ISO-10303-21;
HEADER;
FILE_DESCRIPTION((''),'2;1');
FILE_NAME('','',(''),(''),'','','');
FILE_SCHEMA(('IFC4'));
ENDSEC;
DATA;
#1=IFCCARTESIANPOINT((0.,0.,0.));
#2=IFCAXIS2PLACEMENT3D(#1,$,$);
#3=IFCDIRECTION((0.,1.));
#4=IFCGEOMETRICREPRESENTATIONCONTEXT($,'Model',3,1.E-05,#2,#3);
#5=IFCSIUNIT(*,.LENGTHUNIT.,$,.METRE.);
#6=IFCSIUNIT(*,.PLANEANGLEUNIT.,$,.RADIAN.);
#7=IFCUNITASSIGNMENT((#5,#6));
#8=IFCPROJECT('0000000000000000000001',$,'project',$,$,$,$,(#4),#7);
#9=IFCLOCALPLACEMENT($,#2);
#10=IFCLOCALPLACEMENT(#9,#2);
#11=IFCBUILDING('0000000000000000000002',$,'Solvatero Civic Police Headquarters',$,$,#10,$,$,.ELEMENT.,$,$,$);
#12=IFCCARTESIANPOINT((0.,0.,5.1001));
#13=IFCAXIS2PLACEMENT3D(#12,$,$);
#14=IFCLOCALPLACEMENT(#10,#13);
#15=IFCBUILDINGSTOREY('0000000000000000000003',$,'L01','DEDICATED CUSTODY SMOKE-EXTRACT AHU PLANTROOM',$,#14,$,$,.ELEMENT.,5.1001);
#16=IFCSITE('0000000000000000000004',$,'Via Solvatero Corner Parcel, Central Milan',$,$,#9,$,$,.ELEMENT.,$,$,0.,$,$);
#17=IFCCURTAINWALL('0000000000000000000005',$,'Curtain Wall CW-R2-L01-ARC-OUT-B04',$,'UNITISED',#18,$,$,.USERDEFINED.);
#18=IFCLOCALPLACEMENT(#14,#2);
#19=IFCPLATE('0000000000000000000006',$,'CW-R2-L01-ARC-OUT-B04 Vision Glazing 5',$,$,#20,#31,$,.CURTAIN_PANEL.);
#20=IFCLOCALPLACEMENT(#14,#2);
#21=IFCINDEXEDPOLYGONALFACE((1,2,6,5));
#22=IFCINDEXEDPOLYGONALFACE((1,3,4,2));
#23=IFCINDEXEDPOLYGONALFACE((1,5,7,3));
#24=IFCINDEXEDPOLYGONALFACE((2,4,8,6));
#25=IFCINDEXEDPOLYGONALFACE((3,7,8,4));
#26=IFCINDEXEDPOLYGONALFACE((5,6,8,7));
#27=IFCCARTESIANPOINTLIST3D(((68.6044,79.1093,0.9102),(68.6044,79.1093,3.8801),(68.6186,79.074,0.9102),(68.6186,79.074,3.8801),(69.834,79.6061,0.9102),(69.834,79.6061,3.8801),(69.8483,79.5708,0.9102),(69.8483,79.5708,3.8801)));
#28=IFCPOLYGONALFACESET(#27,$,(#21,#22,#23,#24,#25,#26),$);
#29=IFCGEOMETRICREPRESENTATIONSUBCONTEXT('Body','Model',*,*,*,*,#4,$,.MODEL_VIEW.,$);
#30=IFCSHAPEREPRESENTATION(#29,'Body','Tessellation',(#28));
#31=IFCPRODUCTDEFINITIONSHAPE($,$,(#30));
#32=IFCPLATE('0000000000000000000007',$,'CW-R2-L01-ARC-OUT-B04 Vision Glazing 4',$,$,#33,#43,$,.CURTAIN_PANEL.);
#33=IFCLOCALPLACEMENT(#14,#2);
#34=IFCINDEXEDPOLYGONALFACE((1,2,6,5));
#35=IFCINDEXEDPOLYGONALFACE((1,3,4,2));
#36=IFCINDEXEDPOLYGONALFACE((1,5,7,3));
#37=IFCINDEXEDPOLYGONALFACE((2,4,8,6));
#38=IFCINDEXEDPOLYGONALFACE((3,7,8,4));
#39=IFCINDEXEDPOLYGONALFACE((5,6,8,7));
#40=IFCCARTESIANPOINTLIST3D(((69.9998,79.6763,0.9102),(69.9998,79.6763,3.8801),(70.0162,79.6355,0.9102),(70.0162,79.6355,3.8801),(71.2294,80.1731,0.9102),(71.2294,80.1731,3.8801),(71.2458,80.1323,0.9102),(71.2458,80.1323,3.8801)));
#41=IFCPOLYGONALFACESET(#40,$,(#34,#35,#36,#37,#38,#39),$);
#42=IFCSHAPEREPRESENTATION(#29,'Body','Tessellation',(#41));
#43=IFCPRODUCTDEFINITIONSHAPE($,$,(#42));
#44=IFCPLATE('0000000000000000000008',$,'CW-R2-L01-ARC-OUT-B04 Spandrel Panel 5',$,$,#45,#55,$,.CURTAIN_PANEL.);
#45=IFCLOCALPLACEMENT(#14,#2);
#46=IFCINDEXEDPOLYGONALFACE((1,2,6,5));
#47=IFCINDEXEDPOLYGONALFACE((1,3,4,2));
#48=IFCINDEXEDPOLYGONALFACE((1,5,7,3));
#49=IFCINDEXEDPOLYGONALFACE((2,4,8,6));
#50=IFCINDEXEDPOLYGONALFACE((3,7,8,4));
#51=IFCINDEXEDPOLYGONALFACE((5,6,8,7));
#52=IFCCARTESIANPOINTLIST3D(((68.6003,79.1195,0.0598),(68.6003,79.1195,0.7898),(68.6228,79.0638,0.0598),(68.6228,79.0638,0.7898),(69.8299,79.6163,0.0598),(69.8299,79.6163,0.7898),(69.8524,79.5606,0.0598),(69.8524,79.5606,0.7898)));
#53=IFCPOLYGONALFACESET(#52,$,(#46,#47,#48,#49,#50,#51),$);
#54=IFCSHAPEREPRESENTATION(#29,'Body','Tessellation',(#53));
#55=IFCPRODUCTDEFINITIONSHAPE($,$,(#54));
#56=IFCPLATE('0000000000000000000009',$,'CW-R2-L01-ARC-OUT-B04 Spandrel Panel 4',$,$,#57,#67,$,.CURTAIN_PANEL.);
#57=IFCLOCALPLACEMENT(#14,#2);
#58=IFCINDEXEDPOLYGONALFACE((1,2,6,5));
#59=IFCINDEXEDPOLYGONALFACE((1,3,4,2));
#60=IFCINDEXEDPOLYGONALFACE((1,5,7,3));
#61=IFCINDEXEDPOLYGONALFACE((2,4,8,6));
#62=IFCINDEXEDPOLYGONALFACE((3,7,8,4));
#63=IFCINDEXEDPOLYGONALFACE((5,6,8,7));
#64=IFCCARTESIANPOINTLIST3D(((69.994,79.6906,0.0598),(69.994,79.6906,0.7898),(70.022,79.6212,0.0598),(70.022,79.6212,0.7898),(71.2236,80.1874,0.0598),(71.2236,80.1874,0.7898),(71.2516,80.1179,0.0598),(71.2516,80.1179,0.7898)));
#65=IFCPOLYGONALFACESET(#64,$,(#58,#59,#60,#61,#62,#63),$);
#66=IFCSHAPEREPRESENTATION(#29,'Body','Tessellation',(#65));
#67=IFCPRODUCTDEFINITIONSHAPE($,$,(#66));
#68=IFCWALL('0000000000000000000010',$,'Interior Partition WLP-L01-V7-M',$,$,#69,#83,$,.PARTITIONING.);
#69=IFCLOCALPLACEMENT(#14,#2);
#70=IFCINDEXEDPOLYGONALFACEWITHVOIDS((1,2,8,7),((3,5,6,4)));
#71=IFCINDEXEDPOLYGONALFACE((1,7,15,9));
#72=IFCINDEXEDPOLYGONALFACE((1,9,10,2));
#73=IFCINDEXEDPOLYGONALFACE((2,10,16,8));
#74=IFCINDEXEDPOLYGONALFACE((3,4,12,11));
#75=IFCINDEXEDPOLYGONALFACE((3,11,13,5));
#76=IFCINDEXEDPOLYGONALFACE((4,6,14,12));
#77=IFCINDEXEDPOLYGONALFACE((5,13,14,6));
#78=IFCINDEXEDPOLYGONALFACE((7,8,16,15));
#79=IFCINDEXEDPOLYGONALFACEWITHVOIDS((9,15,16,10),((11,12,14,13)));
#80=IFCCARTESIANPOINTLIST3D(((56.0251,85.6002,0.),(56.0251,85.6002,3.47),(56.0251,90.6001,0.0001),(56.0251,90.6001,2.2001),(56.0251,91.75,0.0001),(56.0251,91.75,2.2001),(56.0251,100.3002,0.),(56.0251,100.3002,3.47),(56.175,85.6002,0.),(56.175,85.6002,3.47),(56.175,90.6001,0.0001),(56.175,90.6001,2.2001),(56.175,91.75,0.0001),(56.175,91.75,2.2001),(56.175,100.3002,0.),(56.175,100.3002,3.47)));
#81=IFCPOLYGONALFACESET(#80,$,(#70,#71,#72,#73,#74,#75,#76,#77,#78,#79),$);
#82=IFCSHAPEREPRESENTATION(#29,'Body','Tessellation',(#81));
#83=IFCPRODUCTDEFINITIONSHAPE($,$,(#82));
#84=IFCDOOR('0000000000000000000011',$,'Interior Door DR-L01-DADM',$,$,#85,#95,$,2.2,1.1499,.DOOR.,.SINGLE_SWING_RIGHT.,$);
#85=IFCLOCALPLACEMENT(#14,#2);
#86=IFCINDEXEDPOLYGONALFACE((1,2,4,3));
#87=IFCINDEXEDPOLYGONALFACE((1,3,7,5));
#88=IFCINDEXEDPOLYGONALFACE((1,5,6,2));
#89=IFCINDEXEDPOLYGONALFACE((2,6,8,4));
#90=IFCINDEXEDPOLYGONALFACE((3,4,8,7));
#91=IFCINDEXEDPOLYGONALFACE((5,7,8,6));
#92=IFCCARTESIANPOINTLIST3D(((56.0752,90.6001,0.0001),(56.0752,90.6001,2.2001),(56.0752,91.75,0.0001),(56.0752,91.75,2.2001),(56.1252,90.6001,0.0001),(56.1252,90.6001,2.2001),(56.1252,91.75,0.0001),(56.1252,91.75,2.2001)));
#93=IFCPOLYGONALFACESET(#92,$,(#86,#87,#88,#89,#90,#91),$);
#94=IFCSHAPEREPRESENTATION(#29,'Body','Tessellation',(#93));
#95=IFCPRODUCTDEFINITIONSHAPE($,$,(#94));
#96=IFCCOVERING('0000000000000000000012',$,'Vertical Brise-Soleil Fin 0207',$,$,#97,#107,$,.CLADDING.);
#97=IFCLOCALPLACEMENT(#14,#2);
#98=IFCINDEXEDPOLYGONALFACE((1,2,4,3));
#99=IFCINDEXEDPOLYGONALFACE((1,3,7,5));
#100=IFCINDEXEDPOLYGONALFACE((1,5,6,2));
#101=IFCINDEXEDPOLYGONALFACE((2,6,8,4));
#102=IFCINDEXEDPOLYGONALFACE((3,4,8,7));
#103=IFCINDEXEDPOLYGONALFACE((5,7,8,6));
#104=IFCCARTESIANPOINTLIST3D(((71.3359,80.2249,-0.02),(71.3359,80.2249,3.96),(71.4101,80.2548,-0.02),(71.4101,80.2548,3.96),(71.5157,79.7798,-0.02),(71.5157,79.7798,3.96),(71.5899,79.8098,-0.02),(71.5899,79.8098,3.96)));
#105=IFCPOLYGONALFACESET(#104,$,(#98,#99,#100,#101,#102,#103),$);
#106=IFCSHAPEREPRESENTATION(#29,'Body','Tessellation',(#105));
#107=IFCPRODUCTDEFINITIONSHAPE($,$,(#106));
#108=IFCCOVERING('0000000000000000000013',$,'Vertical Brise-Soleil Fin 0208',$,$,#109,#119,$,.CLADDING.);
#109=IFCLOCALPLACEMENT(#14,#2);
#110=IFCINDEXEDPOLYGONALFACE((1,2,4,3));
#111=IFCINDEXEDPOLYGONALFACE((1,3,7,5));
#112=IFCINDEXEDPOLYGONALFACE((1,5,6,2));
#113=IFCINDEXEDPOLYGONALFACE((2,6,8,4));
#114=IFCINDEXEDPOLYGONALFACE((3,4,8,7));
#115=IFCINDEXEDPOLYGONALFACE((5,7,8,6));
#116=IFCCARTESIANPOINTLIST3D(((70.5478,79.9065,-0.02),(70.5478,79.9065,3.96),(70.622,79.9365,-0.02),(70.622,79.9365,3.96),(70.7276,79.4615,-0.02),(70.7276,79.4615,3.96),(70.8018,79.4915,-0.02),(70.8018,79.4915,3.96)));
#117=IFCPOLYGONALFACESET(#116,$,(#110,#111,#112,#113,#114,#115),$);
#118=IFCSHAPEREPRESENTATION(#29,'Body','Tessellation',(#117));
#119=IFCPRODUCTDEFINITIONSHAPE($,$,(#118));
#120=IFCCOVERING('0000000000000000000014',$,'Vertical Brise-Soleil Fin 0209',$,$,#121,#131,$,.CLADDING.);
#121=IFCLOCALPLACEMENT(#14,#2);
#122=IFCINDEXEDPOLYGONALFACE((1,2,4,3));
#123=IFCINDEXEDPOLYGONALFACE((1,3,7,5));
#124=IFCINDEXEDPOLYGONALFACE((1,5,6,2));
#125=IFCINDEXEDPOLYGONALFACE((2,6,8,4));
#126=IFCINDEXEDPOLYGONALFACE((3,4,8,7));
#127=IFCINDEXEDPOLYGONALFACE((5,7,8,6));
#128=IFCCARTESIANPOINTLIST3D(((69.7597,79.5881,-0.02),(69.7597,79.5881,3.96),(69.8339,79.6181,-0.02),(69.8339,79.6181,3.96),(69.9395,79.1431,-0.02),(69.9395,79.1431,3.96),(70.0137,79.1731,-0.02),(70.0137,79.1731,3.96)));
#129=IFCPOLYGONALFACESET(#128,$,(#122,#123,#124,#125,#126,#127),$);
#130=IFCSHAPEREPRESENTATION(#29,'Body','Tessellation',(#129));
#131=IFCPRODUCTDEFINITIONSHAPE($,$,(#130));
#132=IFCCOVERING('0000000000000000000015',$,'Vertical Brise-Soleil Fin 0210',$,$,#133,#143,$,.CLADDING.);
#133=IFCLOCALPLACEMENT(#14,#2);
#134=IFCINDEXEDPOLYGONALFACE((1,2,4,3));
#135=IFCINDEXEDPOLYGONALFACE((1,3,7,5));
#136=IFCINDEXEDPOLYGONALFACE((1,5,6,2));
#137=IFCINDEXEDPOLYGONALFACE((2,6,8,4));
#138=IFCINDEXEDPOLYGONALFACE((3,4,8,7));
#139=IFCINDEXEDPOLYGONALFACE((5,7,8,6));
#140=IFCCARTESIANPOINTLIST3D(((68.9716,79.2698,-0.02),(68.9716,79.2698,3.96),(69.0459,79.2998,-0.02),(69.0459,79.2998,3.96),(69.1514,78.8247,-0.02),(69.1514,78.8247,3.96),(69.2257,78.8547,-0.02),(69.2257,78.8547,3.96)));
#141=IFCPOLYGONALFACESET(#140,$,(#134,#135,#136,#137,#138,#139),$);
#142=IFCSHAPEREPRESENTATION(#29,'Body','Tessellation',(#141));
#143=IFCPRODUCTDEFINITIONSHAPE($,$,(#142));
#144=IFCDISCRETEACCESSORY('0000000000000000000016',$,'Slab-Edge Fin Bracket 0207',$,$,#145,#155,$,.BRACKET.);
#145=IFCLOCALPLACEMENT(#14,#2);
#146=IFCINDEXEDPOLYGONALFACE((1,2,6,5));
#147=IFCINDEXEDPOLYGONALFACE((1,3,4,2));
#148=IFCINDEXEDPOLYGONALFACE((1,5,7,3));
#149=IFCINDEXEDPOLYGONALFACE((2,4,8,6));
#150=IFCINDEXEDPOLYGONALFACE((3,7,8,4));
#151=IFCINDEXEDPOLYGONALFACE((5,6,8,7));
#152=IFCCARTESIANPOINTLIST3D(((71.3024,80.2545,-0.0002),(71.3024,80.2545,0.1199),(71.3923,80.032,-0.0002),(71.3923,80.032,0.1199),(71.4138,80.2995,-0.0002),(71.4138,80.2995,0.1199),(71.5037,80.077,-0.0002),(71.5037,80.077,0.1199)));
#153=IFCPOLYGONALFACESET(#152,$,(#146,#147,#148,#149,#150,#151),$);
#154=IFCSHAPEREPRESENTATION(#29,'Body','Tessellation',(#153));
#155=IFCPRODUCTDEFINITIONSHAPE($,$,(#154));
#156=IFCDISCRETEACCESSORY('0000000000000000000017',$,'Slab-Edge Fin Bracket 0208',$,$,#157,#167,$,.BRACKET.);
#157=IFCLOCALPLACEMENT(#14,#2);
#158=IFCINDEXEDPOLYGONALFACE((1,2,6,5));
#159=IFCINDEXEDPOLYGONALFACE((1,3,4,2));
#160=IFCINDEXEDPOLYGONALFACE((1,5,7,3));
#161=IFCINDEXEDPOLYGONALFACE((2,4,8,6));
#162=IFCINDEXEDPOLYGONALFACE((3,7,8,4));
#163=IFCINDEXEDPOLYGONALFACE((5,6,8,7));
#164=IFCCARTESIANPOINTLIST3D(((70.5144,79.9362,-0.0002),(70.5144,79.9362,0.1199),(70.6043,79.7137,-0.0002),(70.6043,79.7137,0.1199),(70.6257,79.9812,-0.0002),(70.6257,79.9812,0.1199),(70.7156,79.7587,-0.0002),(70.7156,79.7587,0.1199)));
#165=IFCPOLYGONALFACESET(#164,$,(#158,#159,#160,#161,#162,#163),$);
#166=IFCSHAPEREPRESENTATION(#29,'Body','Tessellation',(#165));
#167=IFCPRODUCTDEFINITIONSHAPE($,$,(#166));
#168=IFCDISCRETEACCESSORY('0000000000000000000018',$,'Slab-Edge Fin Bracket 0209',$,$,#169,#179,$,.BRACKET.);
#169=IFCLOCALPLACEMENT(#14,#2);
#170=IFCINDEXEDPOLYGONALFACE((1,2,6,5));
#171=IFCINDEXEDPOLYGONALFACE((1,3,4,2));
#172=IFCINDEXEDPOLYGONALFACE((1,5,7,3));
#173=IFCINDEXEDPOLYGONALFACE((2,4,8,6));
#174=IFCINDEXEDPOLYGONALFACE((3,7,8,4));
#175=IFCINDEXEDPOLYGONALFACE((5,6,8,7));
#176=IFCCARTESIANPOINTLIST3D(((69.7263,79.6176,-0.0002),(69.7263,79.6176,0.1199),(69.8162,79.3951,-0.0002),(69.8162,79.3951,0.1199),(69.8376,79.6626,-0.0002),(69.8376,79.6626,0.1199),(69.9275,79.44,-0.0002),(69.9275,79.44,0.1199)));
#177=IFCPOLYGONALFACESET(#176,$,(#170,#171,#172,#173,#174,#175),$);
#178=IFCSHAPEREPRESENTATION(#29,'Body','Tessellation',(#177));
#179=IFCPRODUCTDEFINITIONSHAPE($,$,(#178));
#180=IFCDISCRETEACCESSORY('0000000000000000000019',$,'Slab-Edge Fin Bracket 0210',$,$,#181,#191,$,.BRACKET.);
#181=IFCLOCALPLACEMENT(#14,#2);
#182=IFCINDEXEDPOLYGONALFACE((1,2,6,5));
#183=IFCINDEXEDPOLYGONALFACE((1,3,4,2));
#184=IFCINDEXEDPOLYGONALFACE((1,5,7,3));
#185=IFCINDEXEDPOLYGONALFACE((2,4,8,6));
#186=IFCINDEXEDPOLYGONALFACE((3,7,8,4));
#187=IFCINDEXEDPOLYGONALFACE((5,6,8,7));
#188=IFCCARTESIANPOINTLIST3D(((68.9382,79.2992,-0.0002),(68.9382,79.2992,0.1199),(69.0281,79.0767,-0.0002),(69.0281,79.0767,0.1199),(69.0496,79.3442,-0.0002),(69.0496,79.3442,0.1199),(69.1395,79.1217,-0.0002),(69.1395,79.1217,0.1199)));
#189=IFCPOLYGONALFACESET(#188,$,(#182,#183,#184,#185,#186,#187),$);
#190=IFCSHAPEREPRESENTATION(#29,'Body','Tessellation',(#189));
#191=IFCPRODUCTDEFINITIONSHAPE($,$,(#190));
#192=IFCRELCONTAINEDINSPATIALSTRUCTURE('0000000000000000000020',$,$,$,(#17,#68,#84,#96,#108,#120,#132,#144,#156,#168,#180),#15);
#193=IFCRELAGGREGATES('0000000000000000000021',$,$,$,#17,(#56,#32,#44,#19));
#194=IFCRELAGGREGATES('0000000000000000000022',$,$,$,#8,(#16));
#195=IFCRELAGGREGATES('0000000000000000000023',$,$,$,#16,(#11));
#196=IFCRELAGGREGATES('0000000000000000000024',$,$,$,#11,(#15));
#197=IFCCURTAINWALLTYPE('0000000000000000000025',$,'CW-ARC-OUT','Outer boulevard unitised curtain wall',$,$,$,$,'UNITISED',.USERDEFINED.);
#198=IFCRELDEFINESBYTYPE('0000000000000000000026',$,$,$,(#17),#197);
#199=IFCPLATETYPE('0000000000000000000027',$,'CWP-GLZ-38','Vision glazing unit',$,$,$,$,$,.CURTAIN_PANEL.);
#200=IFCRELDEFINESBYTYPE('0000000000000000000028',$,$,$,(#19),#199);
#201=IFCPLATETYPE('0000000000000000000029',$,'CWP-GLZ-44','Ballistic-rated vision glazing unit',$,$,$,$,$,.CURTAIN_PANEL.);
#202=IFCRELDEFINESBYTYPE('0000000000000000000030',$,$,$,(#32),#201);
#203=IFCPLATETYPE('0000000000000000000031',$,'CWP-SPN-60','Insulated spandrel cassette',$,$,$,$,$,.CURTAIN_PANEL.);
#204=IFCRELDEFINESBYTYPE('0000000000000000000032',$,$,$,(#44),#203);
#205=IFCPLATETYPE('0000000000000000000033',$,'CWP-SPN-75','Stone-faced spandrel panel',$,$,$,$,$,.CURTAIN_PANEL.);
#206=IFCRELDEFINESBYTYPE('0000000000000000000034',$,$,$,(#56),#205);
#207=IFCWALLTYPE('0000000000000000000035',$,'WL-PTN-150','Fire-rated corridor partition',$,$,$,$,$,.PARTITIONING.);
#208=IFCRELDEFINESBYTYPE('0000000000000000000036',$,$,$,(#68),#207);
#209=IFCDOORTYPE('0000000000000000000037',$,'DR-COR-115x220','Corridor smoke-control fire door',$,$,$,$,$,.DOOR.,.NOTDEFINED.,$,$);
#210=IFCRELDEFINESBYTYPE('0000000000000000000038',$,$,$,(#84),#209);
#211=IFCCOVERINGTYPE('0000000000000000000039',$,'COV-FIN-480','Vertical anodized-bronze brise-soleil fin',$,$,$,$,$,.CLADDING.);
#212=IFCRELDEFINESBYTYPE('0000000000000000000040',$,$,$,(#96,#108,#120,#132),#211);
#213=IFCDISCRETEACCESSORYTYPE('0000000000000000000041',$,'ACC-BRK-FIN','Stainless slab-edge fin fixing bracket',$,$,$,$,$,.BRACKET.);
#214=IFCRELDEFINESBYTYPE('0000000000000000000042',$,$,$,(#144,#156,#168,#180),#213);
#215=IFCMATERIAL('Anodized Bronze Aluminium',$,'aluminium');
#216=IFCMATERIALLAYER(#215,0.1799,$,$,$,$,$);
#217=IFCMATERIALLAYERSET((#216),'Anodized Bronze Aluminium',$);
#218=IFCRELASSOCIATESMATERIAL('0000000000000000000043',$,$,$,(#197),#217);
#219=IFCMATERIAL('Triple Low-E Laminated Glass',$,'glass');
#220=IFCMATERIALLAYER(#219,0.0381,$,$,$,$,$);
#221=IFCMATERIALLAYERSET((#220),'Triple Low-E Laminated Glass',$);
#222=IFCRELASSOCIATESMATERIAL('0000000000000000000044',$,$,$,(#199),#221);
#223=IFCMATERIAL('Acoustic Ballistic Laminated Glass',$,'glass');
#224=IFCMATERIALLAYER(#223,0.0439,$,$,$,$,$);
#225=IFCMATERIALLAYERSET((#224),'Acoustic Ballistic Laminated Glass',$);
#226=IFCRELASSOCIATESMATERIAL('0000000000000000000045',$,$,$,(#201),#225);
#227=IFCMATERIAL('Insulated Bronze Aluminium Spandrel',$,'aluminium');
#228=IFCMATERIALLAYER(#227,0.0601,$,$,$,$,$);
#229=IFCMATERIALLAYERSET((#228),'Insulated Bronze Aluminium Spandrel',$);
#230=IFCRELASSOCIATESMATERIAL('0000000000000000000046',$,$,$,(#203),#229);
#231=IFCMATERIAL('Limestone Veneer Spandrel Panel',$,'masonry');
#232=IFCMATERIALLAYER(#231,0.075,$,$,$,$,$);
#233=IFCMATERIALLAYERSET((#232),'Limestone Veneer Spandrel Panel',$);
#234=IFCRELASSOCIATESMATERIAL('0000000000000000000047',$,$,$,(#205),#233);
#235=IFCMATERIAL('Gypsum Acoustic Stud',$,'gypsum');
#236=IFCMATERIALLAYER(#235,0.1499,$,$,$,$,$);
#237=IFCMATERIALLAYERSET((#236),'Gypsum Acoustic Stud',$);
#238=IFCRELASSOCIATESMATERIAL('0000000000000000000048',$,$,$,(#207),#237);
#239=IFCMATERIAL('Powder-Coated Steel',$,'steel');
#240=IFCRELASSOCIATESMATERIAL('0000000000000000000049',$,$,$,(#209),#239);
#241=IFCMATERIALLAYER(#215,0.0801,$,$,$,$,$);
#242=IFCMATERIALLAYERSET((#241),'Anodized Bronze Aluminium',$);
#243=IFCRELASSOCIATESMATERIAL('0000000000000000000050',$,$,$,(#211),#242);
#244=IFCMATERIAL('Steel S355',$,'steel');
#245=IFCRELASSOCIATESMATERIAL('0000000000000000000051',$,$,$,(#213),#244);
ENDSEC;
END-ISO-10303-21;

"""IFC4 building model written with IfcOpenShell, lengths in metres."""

from ifc_helpers import new_model, si_unit, direction, frame, frame_2d, origin, origin_2d, place, context, subcontext, project, spatial, rectangle, extrude, material, layer, layer_set, type_object, element, fill, aggregate, save


model = new_model("IFC4")

# Units and contexts
model_context = context("Model", 3, precision=1e-05, world=origin(), true_north=direction((0.0, 1.0)))
body_context = subcontext(model_context, "Body", "Model", "MODEL_VIEW")
ifc_project = project(units=[si_unit("LENGTHUNIT", "METRE"), si_unit("PLANEANGLEUNIT", "RADIAN")], contexts=[model_context])

# Site, building, storey
site_placement = place(None, origin())
site = spatial("IfcSite", under=ifc_project, at=site_placement, Name="Via Solvatero Corner Parcel, Central Milan", CompositionType="ELEMENT", RefElevation=0.0)
building_placement = place(site_placement, origin())
building = spatial("IfcBuilding", under=site, at=building_placement, Name="Solvatero Civic Police Headquarters", CompositionType="ELEMENT")
storey_placement = place(building_placement, frame((0.0, 0.0, 5.1001)))
storey = spatial("IfcBuildingStorey", under=building, at=storey_placement, Name="L01", Description="DEDICATED CUSTODY SMOKE-EXTRACT AHU PLANTROOM", CompositionType="ELEMENT", Elevation=5.1001)

# Shared definitions
ifc_material_1 = material(Name="Steel S355", Category="steel")

# Shared definitions
ifc_material_2 = material(Name="Anodized Bronze Aluminium", Category="aluminium")
ifc_layer_1 = layer(ifc_material_2, 0.1799)
ifc_layer_set_1 = layer_set([ifc_layer_1], Name="Anodized Bronze Aluminium")
curtain_wall_type = type_object("IfcCurtainWallType", Name="CW-ARC-OUT", Description="Outer boulevard unitised curtain wall", ElementType="UNITISED", PredefinedType="USERDEFINED", material=ifc_layer_set_1)

# Curtain wall
curtain_wall_1_placement = place(storey_placement, origin())
curtain_wall_1 = element("IfcCurtainWall", 1, at=curtain_wall_1_placement, inside=storey, type_object=curtain_wall_type, Name="Curtain Wall CW-R2-L01-ARC-OUT-B04", ObjectType="UNITISED", PredefinedType="USERDEFINED")

# Plates
ifc_material_3 = material(Name="Triple Low-E Laminated Glass", Category="glass")
ifc_layer_2 = layer(ifc_material_3, 0.0381)
ifc_layer_set_2 = layer_set([ifc_layer_2], Name="Triple Low-E Laminated Glass")
plate_type_1 = type_object("IfcPlateType", Name="CWP-GLZ-38", Description="Vision glazing unit", PredefinedType="CURTAIN_PANEL", material=ifc_layer_set_2)
plate_1_placement = place(storey_placement, frame((69.2263, 79.3401, 0.9102), z_axis=(0.0, 0.0, 1.0), x_axis=(-0.927184, -0.374607, 0.0)))
plate_1 = element("IfcPlate", 2, at=plate_1_placement, type_object=plate_type_1, Name="CW-R2-L01-ARC-OUT-B04 Vision Glazing 5", PredefinedType="CURTAIN_PANEL", context=body_context, shape_type="SweptSolid", body=[
    extrude(rectangle(XDim=1.3262, YDim=0.0381, at=origin_2d()), origin(), (0.0, 0.0, 1.0), 2.97),
])
ifc_material_4 = material(Name="Acoustic Ballistic Laminated Glass", Category="glass")
ifc_layer_3 = layer(ifc_material_4, 0.0439)
ifc_layer_set_3 = layer_set([ifc_layer_3], Name="Acoustic Ballistic Laminated Glass")
plate_type_2 = type_object("IfcPlateType", Name="CWP-GLZ-44", Description="Ballistic-rated vision glazing unit", PredefinedType="CURTAIN_PANEL", material=ifc_layer_set_3)
plate_2_placement = place(storey_placement, frame((70.6228, 79.9043, 0.9102), z_axis=(0.0, 0.0, 1.0), x_axis=(-0.927184, -0.374607, 0.0)))
plate_2 = element("IfcPlate", 3, at=plate_2_placement, type_object=plate_type_2, Name="CW-R2-L01-ARC-OUT-B04 Vision Glazing 4", PredefinedType="CURTAIN_PANEL", context=body_context, shape_type="SweptSolid", body=[
    extrude(rectangle(XDim=1.3262, YDim=0.0439, at=origin_2d()), origin(), (0.0, 0.0, 1.0), 2.97),
])
ifc_material_5 = material(Name="Insulated Bronze Aluminium Spandrel", Category="aluminium")
ifc_layer_4 = layer(ifc_material_5, 0.0601)
ifc_layer_set_4 = layer_set([ifc_layer_4], Name="Insulated Bronze Aluminium Spandrel")
plate_type_3 = type_object("IfcPlateType", Name="CWP-SPN-60", Description="Insulated spandrel cassette", PredefinedType="CURTAIN_PANEL", material=ifc_layer_set_4)
plate_3_placement = place(storey_placement, frame((69.2263, 79.3401, 0.0598), z_axis=(0.0, 0.0, 1.0), x_axis=(-0.927184, -0.374607, 0.0)))
plate_3 = element("IfcPlate", 4, at=plate_3_placement, type_object=plate_type_3, Name="CW-R2-L01-ARC-OUT-B04 Spandrel Panel 5", PredefinedType="CURTAIN_PANEL", context=body_context, shape_type="SweptSolid", body=[
    extrude(rectangle(XDim=1.3262, YDim=0.0601, at=origin_2d()), origin(), (0.0, 0.0, 1.0), 0.73),
])
ifc_material_6 = material(Name="Limestone Veneer Spandrel Panel", Category="masonry")
ifc_layer_5 = layer(ifc_material_6, 0.075)
ifc_layer_set_5 = layer_set([ifc_layer_5], Name="Limestone Veneer Spandrel Panel")
plate_type_4 = type_object("IfcPlateType", Name="CWP-SPN-75", Description="Stone-faced spandrel panel", PredefinedType="CURTAIN_PANEL", material=ifc_layer_set_5)
plate_4_placement = place(storey_placement, frame((70.6228, 79.9043, 0.0598), z_axis=(0.0, 0.0, 1.0), x_axis=(-0.927184, -0.374607, 0.0)))
plate_4 = element("IfcPlate", 5, at=plate_4_placement, type_object=plate_type_4, Name="CW-R2-L01-ARC-OUT-B04 Spandrel Panel 4", PredefinedType="CURTAIN_PANEL", context=body_context, shape_type="SweptSolid", body=[
    extrude(rectangle(XDim=1.3262, YDim=0.075, at=origin_2d()), origin(), (0.0, 0.0, 1.0), 0.73),
])
aggregate(curtain_wall_1, [plate_4, plate_2, plate_3, plate_1])

# Wall, opening, door
ifc_material_7 = material(Name="Gypsum Acoustic Stud", Category="gypsum")
ifc_layer_6 = layer(ifc_material_7, 0.1499)
ifc_layer_set_6 = layer_set([ifc_layer_6], Name="Gypsum Acoustic Stud")
wall_type = type_object("IfcWallType", Name="WL-PTN-150", Description="Fire-rated corridor partition", PredefinedType="PARTITIONING", material=ifc_layer_set_6)
wall_placement = place(storey_placement, frame((56.1001, 85.6001, 0.0), z_axis=(0.0, 0.0, 1.0), x_axis=(0.0, 1.0, 0.0)))
wall = element("IfcWall", 6, at=wall_placement, inside=storey, type_object=wall_type, Name="Interior Partition WLP-L01-V7-M", PredefinedType="PARTITIONING", context=body_context, shape_type="SweptSolid", body=[
    extrude(rectangle(XDim=14.7, YDim=0.1499, at=frame_2d((7.3501, 0.0))), origin(), (0.0, 0.0, 1.0), 3.47),
])
opening_placement = place(wall_placement, frame((5.0, 0.0, 0.0)))
opening = element("IfcOpeningElement", 7, at=opening_placement, cuts=wall, PredefinedType="OPENING", context=body_context, shape_type="SweptSolid", body=[
    extrude(rectangle(XDim=1.1499, YDim=2.2, at=frame_2d((0.575, 1.1001))), frame((0.0, 0.085, 0.0), z_axis=(0.0, -1.0, 0.0), x_axis=(1.0, 0.0, 0.0)), (0.0, 0.0, 1.0), 0.1699),
])
ifc_material_8 = material(Name="Powder-Coated Steel", Category="steel")
door_type = type_object("IfcDoorType", Name="DR-COR-115x220", Description="Corridor smoke-control fire door", OperationType="NOTDEFINED", PredefinedType="DOOR", material=ifc_material_8)
door_placement = place(opening_placement, origin())
door = element("IfcDoor", 8, at=door_placement, inside=storey, type_object=door_type, Name="Interior Door DR-L01-DADM", OperationType="SINGLE_SWING_RIGHT", OverallHeight=2.2, OverallWidth=1.1499, PredefinedType="DOOR", context=body_context, shape_type="SweptSolid", body=[
    extrude(rectangle(XDim=1.1499, YDim=2.2, at=frame_2d((0.575, 1.1001))), frame((0.0, 0.0249, 0.0), z_axis=(0.0, -1.0, 0.0), x_axis=(1.0, 0.0, 0.0)), (0.0, 0.0, 1.0), 0.05),
])
fill(opening, door)

# Coverings
ifc_layer_7 = layer(ifc_material_2, 0.0801)
ifc_layer_set_7 = layer_set([ifc_layer_7], Name="Anodized Bronze Aluminium")
covering_type = type_object("IfcCoveringType", Name="COV-FIN-480", Description="Vertical anodized-bronze brise-soleil fin", PredefinedType="CLADDING", material=ifc_layer_set_7)
for number, where, z_axis, x_axis, name in (
    (9, (71.4629, 80.0173, -0.02), (0.0, 0.0, 1.0), (-0.927184, -0.374607, 0.0), "Vertical Brise-Soleil Fin 0207"),
    (10, (70.6748, 79.699, -0.02), (0.0, 0.0, 1.0), (-0.927184, -0.374607, 0.0), "Vertical Brise-Soleil Fin 0208"),
    (11, (69.8867, 79.3806, -0.02), (0.0, 0.0, 1.0), (-0.927184, -0.374607, 0.0), "Vertical Brise-Soleil Fin 0209"),
    (12, (69.0986, 79.0623, -0.02), (0.0, 0.0, 1.0), (-0.927184, -0.374607, 0.0), "Vertical Brise-Soleil Fin 0210"),
):
    element("IfcCovering", number, at=place(storey_placement, frame(where, z_axis=z_axis, x_axis=x_axis)), inside=storey, type_object=covering_type, Name=name, PredefinedType="CLADDING", context=body_context, shape_type="SweptSolid", body=[
        extrude(rectangle(XDim=0.0801, YDim=0.48, at=origin_2d()), origin(), (0.0, 0.0, 1.0), 3.98),
    ])

# Discrete accessories
discrete_accessory_type = type_object("IfcDiscreteAccessoryType", Name="ACC-BRK-FIN", Description="Stainless slab-edge fin fixing bracket", PredefinedType="BRACKET", material=ifc_material_1)
for number, where, z_axis, x_axis, name in (
    (13, (71.4031, 80.1658, -0.0002), (0.0, 0.0, 1.0), (-0.927184, -0.374607, 0.0), "Slab-Edge Fin Bracket 0207"),
    (14, (70.615, 79.8474, -0.0002), (0.0, 0.0, 1.0), (-0.927184, -0.374607, 0.0), "Slab-Edge Fin Bracket 0208"),
    (15, (69.8269, 79.5288, -0.0002), (0.0, 0.0, 1.0), (-0.927184, -0.374607, 0.0), "Slab-Edge Fin Bracket 0209"),
    (16, (69.0388, 79.2104, -0.0002), (0.0, 0.0, 1.0), (-0.927184, -0.374607, 0.0), "Slab-Edge Fin Bracket 0210"),
):
    element("IfcDiscreteAccessory", number, at=place(storey_placement, frame(where, z_axis=z_axis, x_axis=x_axis)), inside=storey, type_object=discrete_accessory_type, Name=name, PredefinedType="BRACKET", context=body_context, shape_type="SweptSolid", body=[
        extrude(rectangle(XDim=0.1201, YDim=0.24, at=origin_2d()), origin(), (0.0, 0.0, 1.0), 0.1201),
    ])

save(model, "model.ifc")
